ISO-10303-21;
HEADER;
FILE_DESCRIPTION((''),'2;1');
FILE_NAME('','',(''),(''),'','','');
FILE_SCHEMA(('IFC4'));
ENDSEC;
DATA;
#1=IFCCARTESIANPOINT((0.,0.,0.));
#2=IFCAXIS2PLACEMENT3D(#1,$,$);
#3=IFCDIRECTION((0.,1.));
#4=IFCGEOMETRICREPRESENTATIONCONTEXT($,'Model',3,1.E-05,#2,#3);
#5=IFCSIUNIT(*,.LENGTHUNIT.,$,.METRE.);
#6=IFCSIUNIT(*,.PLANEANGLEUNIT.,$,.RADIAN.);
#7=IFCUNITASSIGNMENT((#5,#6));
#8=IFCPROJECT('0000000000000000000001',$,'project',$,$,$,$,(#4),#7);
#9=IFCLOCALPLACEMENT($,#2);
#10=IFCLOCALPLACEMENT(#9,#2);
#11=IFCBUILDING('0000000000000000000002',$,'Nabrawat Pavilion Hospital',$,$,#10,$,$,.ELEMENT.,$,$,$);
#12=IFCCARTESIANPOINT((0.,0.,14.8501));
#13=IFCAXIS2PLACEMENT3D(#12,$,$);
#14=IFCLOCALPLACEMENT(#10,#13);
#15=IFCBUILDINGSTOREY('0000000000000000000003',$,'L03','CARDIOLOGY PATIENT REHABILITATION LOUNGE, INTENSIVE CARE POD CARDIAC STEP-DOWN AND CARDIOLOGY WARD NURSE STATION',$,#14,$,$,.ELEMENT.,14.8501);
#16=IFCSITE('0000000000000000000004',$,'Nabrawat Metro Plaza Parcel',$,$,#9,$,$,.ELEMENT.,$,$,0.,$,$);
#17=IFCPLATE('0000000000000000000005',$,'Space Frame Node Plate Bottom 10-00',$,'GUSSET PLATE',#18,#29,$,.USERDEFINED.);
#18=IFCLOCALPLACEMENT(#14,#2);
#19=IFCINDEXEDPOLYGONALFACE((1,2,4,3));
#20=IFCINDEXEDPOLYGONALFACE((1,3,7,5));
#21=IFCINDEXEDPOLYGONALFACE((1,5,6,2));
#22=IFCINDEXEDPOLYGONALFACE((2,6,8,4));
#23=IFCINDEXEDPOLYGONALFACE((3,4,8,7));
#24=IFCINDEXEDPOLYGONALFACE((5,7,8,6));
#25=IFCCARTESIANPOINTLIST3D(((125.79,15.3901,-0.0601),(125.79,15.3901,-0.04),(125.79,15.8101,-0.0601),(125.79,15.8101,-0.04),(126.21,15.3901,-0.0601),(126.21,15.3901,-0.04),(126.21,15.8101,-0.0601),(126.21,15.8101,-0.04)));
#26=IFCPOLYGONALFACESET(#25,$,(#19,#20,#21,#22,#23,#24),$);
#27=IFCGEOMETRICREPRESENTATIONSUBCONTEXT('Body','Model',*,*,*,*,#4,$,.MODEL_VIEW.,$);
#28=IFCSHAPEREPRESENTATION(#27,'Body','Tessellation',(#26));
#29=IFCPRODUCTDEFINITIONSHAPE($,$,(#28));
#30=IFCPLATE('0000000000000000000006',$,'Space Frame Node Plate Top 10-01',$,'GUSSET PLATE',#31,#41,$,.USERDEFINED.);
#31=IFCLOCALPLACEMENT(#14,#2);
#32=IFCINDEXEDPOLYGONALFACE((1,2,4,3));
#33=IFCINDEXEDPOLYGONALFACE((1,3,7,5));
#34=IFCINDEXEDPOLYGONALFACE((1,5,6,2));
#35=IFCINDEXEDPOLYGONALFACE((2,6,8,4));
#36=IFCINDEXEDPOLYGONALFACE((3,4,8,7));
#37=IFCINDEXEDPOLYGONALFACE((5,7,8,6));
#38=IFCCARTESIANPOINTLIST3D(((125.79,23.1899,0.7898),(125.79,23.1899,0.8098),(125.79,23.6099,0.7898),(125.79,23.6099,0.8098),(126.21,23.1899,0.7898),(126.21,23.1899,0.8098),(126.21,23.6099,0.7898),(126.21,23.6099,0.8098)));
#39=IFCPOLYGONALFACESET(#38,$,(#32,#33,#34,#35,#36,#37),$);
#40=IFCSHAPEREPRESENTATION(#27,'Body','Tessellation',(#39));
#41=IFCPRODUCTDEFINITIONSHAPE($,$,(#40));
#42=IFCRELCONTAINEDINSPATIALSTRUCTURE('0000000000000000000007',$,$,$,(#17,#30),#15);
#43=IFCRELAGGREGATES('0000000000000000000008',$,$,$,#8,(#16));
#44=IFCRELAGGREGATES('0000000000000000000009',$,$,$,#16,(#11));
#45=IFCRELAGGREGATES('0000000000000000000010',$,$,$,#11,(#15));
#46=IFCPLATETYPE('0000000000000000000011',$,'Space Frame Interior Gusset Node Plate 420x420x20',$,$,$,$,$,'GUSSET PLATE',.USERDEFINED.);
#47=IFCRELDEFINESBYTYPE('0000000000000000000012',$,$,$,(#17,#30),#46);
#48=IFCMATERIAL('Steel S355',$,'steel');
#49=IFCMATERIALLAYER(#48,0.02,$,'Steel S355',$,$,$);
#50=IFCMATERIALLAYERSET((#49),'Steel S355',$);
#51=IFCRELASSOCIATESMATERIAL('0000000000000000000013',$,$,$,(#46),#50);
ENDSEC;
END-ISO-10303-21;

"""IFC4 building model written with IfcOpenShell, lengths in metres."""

from ifc_helpers import new_model, si_unit, direction, frame, origin, origin_2d, place, context, subcontext, project, spatial, rectangle, extrude, material, layer, layer_set, type_object, element, save


model = new_model("IFC4")

# Units and contexts
model_context = context("Model", 3, precision=1e-05, world=origin(), true_north=direction((0.0, 1.0)))
body_context = subcontext(model_context, "Body", "Model", "MODEL_VIEW")
ifc_project = project(units=[si_unit("LENGTHUNIT", "METRE"), si_unit("PLANEANGLEUNIT", "RADIAN")], contexts=[model_context])

# Site, building, storey
site_placement = place(None, origin())
site = spatial("IfcSite", under=ifc_project, at=site_placement, Name="Nabrawat Metro Plaza Parcel", CompositionType="ELEMENT", RefElevation=0.0)
building_placement = place(site_placement, origin())
building = spatial("IfcBuilding", under=site, at=building_placement, Name="Nabrawat Pavilion Hospital", CompositionType="ELEMENT")
storey_placement = place(building_placement, frame((0.0, 0.0, 14.8501)))
storey = spatial("IfcBuildingStorey", under=building, at=storey_placement, Name="L03", Description="CARDIOLOGY PATIENT REHABILITATION LOUNGE, INTENSIVE CARE POD CARDIAC STEP-DOWN AND CARDIOLOGY WARD NURSE STATION", CompositionType="ELEMENT", Elevation=14.8501)

# Shared definitions
ifc_material = material(Name="Steel S355", Category="steel")

# Plates
ifc_layer = layer(ifc_material, 0.02, Name="Steel S355")
ifc_layer_set = layer_set([ifc_layer], Name="Steel S355")
plate_type = type_object("IfcPlateType", Name="Space Frame Interior Gusset Node Plate 420x420x20", ElementType="GUSSET PLATE", PredefinedType="USERDEFINED", material=ifc_layer_set)
for number, where, z_axis, x_axis, name in (
    (1, (126.0, 15.6001, -0.0601), (0.0, 0.0, 1.0), (1.0, 0.0, 0.0), "Space Frame Node Plate Bottom 10-00"),
    (2, (126.0, 23.3999, 0.7898), (0.0, 0.0, 1.0), (1.0, 0.0, 0.0), "Space Frame Node Plate Top 10-01"),
):
    element("IfcPlate", number, at=place(storey_placement, frame(where, z_axis=z_axis, x_axis=x_axis)), inside=storey, type_object=plate_type, Name=name, ObjectType="GUSSET PLATE", PredefinedType="USERDEFINED", context=body_context, shape_type="SweptSolid", body=[
        extrude(rectangle(XDim=0.4199, YDim=0.4199, at=origin_2d()), origin(), (0.0, 0.0, 1.0), 0.02),
    ])

save(model, "model.ifc")
